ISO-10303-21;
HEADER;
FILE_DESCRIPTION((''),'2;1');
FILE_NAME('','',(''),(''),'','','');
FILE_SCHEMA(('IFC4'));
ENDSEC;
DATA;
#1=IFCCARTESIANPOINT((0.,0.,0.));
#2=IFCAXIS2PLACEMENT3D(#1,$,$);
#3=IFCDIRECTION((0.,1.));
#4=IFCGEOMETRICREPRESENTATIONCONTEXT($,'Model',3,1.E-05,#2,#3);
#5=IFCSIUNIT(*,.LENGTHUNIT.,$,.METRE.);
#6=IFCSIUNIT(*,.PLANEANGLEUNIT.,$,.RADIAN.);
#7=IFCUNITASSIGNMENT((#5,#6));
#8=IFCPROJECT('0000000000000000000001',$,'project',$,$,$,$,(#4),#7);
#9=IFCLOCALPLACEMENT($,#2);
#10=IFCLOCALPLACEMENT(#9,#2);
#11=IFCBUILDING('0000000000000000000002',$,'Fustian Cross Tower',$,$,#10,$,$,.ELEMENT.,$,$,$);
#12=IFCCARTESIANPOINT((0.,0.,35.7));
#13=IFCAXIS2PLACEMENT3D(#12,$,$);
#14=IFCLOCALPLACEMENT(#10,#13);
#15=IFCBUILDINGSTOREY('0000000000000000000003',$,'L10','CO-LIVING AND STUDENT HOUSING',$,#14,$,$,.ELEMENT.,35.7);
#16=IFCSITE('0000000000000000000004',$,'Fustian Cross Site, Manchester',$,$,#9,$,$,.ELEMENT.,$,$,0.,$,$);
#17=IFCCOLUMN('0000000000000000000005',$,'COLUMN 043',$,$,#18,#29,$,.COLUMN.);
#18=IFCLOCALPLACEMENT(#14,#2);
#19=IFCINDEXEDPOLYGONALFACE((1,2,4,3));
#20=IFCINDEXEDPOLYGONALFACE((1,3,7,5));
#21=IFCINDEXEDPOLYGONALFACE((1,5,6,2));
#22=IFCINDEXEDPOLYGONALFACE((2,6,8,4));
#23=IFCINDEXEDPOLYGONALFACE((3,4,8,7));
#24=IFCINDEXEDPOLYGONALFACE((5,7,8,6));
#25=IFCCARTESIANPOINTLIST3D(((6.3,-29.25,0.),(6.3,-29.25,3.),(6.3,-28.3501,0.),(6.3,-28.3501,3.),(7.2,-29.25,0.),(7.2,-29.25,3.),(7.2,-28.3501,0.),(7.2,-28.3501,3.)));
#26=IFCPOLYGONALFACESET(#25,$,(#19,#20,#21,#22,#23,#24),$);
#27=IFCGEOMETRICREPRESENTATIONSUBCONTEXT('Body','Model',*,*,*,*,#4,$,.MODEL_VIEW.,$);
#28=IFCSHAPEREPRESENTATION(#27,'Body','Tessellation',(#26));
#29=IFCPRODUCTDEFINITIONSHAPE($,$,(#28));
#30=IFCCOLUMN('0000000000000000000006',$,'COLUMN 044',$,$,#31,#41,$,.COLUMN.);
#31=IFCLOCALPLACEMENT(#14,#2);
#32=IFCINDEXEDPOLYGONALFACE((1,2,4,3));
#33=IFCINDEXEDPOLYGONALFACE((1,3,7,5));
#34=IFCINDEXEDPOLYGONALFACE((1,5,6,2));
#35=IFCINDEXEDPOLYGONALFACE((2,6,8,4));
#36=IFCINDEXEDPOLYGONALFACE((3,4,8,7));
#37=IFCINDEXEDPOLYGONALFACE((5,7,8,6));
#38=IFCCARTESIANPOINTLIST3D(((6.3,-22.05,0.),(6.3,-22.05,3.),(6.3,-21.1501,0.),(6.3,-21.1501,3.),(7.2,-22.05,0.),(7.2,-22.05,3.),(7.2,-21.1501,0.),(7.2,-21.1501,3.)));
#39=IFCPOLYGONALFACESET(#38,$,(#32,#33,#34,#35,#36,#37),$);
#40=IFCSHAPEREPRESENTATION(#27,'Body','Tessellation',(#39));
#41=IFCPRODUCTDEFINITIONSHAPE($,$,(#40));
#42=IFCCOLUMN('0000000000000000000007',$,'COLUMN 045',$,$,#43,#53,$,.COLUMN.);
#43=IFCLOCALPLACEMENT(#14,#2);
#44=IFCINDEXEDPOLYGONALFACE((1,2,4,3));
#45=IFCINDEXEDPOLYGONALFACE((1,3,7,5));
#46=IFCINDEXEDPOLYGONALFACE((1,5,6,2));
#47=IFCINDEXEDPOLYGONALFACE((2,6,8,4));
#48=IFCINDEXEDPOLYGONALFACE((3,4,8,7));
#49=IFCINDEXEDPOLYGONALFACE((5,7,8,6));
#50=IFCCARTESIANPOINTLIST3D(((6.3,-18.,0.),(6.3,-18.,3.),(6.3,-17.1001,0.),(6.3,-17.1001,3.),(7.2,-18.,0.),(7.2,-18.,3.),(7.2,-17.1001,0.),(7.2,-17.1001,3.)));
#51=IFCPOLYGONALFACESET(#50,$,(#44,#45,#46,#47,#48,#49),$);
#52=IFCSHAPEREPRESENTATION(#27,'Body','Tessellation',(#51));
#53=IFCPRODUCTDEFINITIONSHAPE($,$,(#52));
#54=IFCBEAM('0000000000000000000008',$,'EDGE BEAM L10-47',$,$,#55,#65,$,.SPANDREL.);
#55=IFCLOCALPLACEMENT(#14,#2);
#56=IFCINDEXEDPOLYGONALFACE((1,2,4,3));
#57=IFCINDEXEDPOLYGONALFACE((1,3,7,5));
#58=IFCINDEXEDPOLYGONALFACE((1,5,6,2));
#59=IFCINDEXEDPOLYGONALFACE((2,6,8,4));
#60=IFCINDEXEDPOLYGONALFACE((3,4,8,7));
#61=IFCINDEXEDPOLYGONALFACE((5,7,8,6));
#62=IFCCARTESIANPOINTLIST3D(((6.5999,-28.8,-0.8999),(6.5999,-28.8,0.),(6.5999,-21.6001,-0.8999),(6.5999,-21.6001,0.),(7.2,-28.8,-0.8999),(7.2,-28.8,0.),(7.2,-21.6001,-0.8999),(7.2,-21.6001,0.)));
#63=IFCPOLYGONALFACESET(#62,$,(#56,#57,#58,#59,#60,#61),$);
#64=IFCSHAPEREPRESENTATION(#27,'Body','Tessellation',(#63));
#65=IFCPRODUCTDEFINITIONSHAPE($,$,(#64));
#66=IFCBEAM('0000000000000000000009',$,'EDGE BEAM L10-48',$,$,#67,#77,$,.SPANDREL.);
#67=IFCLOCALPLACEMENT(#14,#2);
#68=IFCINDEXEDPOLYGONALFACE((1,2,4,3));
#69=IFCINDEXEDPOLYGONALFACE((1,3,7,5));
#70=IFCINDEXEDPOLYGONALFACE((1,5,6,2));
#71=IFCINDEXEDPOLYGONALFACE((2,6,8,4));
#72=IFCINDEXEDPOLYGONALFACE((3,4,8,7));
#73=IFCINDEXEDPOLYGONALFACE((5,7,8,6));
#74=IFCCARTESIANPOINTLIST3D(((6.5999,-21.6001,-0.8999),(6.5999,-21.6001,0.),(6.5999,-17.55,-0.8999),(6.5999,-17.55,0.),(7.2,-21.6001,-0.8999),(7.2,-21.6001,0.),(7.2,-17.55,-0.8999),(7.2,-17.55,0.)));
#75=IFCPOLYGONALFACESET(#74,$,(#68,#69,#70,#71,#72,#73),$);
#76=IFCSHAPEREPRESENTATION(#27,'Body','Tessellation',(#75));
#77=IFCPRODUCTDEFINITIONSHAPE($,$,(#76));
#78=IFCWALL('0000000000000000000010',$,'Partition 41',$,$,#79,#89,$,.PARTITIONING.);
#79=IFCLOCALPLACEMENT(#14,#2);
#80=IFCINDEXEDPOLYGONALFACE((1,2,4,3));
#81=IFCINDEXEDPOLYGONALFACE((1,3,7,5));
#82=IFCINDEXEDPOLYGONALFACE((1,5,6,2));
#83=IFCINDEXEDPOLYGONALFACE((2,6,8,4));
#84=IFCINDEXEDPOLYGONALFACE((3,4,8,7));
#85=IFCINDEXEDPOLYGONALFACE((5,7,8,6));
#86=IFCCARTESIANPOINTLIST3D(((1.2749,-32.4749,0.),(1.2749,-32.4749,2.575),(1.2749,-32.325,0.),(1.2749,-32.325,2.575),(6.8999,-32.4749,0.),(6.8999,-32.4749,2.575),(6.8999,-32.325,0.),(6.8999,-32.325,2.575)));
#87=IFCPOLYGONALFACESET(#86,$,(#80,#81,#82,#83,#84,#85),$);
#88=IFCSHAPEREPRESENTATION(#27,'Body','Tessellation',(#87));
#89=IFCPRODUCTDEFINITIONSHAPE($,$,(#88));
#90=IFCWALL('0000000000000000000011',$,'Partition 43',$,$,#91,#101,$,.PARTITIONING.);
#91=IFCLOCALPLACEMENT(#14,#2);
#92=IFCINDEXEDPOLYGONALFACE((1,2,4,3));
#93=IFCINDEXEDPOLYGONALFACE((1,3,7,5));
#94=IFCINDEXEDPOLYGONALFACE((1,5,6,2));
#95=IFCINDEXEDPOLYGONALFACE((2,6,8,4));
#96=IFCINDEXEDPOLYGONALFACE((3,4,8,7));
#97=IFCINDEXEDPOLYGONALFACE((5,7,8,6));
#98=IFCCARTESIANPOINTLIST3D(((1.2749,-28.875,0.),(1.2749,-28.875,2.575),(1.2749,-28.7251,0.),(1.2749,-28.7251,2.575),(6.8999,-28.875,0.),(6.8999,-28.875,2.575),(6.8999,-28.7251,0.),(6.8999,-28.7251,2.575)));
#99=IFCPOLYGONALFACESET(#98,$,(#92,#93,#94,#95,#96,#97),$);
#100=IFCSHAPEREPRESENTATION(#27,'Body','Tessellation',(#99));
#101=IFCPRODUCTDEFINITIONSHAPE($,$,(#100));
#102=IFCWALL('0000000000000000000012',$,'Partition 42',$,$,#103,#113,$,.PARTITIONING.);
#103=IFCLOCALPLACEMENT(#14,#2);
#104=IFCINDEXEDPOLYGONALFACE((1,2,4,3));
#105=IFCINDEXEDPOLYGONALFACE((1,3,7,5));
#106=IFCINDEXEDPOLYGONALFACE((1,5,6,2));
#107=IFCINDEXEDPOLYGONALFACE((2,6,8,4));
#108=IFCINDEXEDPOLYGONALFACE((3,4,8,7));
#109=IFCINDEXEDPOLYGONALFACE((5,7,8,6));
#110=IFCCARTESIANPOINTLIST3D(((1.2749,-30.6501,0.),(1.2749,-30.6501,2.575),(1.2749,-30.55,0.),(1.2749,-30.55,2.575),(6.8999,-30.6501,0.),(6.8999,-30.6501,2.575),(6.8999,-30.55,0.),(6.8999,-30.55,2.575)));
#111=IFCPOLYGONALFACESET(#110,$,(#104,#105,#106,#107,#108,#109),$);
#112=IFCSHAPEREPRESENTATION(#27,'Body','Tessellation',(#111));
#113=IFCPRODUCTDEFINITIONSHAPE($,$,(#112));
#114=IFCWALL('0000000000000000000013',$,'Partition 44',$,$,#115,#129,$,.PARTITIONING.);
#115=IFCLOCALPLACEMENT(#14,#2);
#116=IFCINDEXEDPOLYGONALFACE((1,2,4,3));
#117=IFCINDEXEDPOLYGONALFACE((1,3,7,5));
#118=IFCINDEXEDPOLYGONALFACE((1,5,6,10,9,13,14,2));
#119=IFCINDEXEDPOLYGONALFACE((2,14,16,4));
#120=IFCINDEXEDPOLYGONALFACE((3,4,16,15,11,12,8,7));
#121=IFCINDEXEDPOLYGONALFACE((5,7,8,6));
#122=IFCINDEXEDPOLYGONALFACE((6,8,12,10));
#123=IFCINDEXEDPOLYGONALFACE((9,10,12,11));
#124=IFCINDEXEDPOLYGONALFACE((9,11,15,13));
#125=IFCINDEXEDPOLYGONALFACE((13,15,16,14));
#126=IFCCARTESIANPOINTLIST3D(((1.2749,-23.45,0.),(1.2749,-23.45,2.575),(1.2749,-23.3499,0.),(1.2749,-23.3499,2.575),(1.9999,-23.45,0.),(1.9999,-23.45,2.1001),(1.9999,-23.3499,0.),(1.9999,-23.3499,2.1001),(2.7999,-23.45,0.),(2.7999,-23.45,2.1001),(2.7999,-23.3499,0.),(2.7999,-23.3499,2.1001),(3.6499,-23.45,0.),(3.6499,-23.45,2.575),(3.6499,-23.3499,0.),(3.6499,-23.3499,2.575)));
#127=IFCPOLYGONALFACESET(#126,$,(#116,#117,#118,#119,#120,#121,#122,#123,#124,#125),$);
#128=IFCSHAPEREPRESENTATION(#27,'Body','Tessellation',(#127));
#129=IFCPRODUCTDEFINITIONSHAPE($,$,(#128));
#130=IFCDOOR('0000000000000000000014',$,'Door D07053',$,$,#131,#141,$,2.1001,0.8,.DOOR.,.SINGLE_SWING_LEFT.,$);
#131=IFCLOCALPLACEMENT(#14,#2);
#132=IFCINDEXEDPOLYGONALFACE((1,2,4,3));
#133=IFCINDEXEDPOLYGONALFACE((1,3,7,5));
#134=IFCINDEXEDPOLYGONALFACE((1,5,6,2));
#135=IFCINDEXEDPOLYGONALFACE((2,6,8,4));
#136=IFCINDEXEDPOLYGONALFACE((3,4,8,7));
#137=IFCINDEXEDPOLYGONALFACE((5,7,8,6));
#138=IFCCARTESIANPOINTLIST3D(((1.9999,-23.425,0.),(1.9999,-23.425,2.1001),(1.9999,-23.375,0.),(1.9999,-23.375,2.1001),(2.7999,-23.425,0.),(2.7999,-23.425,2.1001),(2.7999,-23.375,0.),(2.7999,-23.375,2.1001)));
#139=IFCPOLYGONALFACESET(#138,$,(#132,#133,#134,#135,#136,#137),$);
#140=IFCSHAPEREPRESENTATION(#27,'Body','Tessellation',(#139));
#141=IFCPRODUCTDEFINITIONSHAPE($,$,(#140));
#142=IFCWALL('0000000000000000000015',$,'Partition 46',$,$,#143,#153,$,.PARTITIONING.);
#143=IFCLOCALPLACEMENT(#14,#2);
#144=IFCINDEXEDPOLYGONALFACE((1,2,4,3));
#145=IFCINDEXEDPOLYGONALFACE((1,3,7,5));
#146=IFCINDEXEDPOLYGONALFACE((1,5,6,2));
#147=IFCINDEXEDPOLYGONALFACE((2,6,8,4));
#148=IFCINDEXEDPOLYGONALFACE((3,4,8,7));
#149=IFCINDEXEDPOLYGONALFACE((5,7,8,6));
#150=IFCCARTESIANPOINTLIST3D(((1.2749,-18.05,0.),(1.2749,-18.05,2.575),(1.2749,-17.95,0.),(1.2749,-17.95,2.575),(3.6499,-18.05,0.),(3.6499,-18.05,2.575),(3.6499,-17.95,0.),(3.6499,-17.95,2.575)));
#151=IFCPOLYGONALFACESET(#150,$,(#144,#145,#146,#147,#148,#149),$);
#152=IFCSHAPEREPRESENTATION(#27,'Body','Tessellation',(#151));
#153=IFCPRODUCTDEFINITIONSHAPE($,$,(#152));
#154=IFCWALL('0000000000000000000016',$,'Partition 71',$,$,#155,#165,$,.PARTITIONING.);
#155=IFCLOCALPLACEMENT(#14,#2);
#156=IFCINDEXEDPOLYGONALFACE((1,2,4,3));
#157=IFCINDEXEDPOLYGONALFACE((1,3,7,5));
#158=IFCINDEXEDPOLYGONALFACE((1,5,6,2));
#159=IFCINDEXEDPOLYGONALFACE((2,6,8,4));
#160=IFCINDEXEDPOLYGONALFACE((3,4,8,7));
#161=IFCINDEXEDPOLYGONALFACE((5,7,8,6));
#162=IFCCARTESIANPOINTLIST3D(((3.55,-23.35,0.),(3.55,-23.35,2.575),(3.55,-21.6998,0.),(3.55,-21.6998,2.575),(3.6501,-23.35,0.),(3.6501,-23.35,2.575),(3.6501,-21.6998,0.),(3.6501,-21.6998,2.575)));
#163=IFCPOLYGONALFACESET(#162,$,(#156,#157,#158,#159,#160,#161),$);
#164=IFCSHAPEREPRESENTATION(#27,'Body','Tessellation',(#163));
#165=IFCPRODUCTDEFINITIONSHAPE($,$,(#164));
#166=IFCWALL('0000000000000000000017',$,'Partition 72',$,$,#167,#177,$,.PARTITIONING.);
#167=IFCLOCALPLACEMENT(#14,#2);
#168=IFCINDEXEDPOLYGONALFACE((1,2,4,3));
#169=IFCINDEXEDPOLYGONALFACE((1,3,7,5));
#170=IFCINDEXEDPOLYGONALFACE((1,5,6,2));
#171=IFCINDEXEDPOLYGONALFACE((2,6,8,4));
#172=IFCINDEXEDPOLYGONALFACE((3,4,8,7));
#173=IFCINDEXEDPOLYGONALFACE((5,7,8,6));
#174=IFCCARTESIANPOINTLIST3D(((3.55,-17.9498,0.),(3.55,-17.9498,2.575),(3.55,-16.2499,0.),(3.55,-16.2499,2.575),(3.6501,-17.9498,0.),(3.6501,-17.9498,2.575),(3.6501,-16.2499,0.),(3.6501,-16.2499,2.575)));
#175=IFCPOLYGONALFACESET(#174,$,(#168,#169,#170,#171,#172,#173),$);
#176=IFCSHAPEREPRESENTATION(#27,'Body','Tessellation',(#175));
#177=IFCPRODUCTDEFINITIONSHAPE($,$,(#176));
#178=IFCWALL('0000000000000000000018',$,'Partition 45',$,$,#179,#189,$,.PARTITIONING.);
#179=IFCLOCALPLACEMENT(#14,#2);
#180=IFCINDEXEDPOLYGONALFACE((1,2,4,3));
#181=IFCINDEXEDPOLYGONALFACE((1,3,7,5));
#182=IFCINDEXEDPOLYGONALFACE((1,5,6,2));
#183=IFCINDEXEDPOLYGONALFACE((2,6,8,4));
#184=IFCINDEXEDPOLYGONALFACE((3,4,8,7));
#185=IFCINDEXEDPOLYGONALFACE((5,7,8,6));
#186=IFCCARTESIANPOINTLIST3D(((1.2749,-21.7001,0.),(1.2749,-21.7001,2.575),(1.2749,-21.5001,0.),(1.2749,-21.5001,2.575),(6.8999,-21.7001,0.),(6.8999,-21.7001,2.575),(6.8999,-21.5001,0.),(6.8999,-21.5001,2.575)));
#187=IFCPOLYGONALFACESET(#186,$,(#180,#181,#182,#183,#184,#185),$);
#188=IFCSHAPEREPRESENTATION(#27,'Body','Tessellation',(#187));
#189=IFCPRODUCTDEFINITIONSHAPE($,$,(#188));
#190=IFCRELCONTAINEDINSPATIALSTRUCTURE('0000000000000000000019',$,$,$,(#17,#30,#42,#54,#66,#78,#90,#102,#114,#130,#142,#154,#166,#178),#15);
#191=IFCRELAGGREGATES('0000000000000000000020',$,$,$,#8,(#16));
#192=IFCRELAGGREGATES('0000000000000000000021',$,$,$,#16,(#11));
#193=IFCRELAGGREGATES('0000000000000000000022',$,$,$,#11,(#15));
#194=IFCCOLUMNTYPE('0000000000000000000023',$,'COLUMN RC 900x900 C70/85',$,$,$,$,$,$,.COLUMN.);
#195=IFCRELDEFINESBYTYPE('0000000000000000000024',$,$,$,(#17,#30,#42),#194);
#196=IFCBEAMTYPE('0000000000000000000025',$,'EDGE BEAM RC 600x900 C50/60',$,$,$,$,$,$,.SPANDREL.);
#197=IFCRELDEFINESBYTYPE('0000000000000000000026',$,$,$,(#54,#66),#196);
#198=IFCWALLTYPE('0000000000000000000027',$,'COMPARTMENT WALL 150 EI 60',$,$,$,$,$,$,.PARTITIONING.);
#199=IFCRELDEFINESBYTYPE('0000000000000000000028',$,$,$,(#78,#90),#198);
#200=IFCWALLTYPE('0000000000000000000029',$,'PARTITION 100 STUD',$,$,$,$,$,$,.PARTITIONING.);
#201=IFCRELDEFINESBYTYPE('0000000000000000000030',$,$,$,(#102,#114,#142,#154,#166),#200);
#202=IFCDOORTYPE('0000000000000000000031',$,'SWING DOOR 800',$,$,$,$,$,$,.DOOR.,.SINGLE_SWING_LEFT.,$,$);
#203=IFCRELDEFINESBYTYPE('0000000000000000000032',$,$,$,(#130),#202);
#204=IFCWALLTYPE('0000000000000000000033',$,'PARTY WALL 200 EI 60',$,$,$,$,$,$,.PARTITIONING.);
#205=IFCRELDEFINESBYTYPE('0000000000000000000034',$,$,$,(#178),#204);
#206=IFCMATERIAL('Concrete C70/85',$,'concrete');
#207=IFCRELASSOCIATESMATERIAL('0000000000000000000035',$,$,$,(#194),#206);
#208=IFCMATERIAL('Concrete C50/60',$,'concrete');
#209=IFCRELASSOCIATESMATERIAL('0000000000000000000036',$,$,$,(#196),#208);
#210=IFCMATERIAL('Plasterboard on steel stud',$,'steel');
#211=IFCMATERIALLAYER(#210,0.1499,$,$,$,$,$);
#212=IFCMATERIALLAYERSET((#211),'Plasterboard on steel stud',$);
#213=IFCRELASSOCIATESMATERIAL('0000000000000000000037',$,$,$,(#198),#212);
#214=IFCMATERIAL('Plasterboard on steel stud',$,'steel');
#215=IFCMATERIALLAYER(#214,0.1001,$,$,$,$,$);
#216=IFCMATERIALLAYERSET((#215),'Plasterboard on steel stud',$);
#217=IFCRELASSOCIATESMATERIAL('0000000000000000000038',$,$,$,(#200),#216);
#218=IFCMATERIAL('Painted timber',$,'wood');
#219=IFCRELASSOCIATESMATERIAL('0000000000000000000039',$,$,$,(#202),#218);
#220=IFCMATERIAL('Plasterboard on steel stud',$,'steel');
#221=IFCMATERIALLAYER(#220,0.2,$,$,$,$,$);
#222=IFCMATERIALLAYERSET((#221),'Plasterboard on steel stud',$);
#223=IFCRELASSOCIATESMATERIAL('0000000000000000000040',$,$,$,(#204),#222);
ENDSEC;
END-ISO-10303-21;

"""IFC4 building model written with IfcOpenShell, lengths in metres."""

from ifc_helpers import new_model, si_unit, direction, frame, frame_2d, origin, origin_2d, place, context, subcontext, project, spatial, rectangle, extrude, material, layer, layer_set, material_profile, profile_set, type_object, element, fill, save


model = new_model("IFC4")

# Units and contexts
model_context = context("Model", 3, precision=1e-05, world=origin(), true_north=direction((0.0, 1.0)))
body_context = subcontext(model_context, "Body", "Model", "MODEL_VIEW")
ifc_project = project(units=[si_unit("LENGTHUNIT", "METRE"), si_unit("PLANEANGLEUNIT", "RADIAN")], contexts=[model_context])

# Site, building, storey
site_placement = place(None, origin())
site = spatial("IfcSite", under=ifc_project, at=site_placement, Name="Fustian Cross Site, Manchester", CompositionType="ELEMENT", RefElevation=0.0)
building_placement = place(site_placement, origin())
building = spatial("IfcBuilding", under=site, at=building_placement, Name="Fustian Cross Tower", CompositionType="ELEMENT")
storey_placement = place(building_placement, frame((0.0, 0.0, 35.7)))
storey = spatial("IfcBuildingStorey", under=building, at=storey_placement, Name="L10", Description="CO-LIVING AND STUDENT HOUSING", CompositionType="ELEMENT", Elevation=35.7)

# Columns
ifc_material_1 = material(Name="Concrete C70/85", Category="concrete")
ifc_material_profile_1 = material_profile(ifc_material_1, rectangle(XDim=0.8999, YDim=0.8999, at=origin_2d()), Name="RC 900x900")
ifc_profile_set_1 = profile_set([ifc_material_profile_1], Name="Concrete C70/85")
column_type = type_object("IfcColumnType", Name="COLUMN RC 900x900 C70/85", PredefinedType="COLUMN", material=ifc_profile_set_1)
for number, where, z_axis, x_axis, name in (
    (1, (6.75, -28.8, 0.0), (0.0, 0.0, 1.0), (1.0, 0.0, 0.0), "COLUMN 043"),
    (2, (6.75, -21.6001, 0.0), (0.0, 0.0, 1.0), (1.0, 0.0, 0.0), "COLUMN 044"),
    (3, (6.75, -17.55, 0.0), (0.0, 0.0, 1.0), (1.0, 0.0, 0.0), "COLUMN 045"),
):
    element("IfcColumn", number, at=place(storey_placement, frame(where, z_axis=z_axis, x_axis=x_axis)), inside=storey, type_object=column_type, Name=name, PredefinedType="COLUMN", context=body_context, shape_type="SweptSolid", body=[
        extrude(rectangle(XDim=0.8999, YDim=0.8999, at=origin_2d()), origin(), (0.0, 0.0, 1.0), 3.0),
    ])

# Beams
ifc_material_2 = material(Name="Concrete C50/60", Category="concrete")
ifc_material_profile_2 = material_profile(ifc_material_2, rectangle(XDim=0.6001, YDim=0.8999, at=origin_2d()), Name="RC 600x900")
ifc_profile_set_2 = profile_set([ifc_material_profile_2], Name="Concrete C50/60")
beam_type = type_object("IfcBeamType", Name="EDGE BEAM RC 600x900 C50/60", PredefinedType="SPANDREL", material=ifc_profile_set_2)
beam_1_placement = place(storey_placement, frame((6.8999, -28.8, -0.45), z_axis=(0.0, 1.0, 0.0), x_axis=(-1.0, 0.0, 0.0)))
element("IfcBeam", 4, at=beam_1_placement, inside=storey, type_object=beam_type, Name="EDGE BEAM L10-47", PredefinedType="SPANDREL", context=body_context, shape_type="SweptSolid", body=[
    extrude(rectangle(XDim=0.6001, YDim=0.8999, at=origin_2d()), origin(), (0.0, 0.0, 1.0), 7.2),
])
beam_2_placement = place(storey_placement, frame((6.8999, -21.6001, -0.45), z_axis=(0.0, 1.0, 0.0), x_axis=(-1.0, 0.0, 0.0)))
element("IfcBeam", 5, at=beam_2_placement, inside=storey, type_object=beam_type, Name="EDGE BEAM L10-48", PredefinedType="SPANDREL", context=body_context, shape_type="SweptSolid", body=[
    extrude(rectangle(XDim=0.6001, YDim=0.8999, at=origin_2d()), origin(), (0.0, 0.0, 1.0), 4.05),
])

# Walls
ifc_material_3 = material(Name="Plasterboard on steel stud", Category="steel")
ifc_layer_1 = layer(ifc_material_3, 0.1499)
ifc_layer_set_1 = layer_set([ifc_layer_1], Name="Plasterboard on steel stud")
wall_type_1 = type_object("IfcWallType", Name="COMPARTMENT WALL 150 EI 60", PredefinedType="PARTITIONING", material=ifc_layer_set_1)
for number, where, z_axis, x_axis, name in (
    (6, (1.2749, -32.3999, 0.0), (0.0, 0.0, 1.0), (1.0, 0.0, 0.0), "Partition 41"),
    (7, (1.2749, -28.8, 0.0), (0.0, 0.0, 1.0), (1.0, 0.0, 0.0), "Partition 43"),
):
    element("IfcWall", number, at=place(storey_placement, frame(where, z_axis=z_axis, x_axis=x_axis)), inside=storey, type_object=wall_type_1, Name=name, PredefinedType="PARTITIONING", context=body_context, shape_type="SweptSolid", body=[
        extrude(rectangle(XDim=5.625, YDim=0.1499, at=frame_2d((2.8125, 0.0))), origin(), (0.0, 0.0, 1.0), 2.575),
    ])
ifc_material_4 = material(Name="Plasterboard on steel stud", Category="steel")
ifc_layer_2 = layer(ifc_material_4, 0.1001)
ifc_layer_set_2 = layer_set([ifc_layer_2], Name="Plasterboard on steel stud")
wall_type_2 = type_object("IfcWallType", Name="PARTITION 100 STUD", PredefinedType="PARTITIONING", material=ifc_layer_set_2)
wall_1_placement = place(storey_placement, frame((1.2749, -30.6001, 0.0), z_axis=(0.0, 0.0, 1.0), x_axis=(1.0, 0.0, 0.0)))
element("IfcWall", 8, at=wall_1_placement, inside=storey, type_object=wall_type_2, Name="Partition 42", PredefinedType="PARTITIONING", context=body_context, shape_type="SweptSolid", body=[
    extrude(rectangle(XDim=5.625, YDim=0.1001, at=frame_2d((2.8125, 0.0))), origin(), (0.0, 0.0, 1.0), 2.575),
])

# Wall, opening, door
wall_2_placement = place(storey_placement, frame((1.2749, -23.3999, 0.0), z_axis=(0.0, 0.0, 1.0), x_axis=(1.0, 0.0, 0.0)))
wall_2 = element("IfcWall", 9, at=wall_2_placement, inside=storey, type_object=wall_type_2, Name="Partition 44", PredefinedType="PARTITIONING", context=body_context, shape_type="SweptSolid", body=[
    extrude(rectangle(XDim=2.375, YDim=0.1001, at=frame_2d((1.1875, 0.0))), origin(), (0.0, 0.0, 1.0), 2.575),
])
opening_placement = place(wall_2_placement, frame((0.7251, 0.0, 0.0)))
opening = element("IfcOpeningElement", 10, at=opening_placement, cuts=wall_2, PredefinedType="OPENING", context=body_context, shape_type="SweptSolid", body=[
    extrude(rectangle(XDim=0.8, YDim=2.1001, at=frame_2d((0.3999, 1.05))), frame((0.0, 0.0601, 0.0), z_axis=(0.0, -1.0, 0.0), x_axis=(1.0, 0.0, 0.0)), (0.0, 0.0, 1.0), 0.1201),
])
ifc_material_5 = material(Name="Painted timber", Category="wood")
door_type = type_object("IfcDoorType", Name="SWING DOOR 800", OperationType="SINGLE_SWING_LEFT", PredefinedType="DOOR", material=ifc_material_5)
door_placement = place(opening_placement, origin())
door = element("IfcDoor", 11, at=door_placement, inside=storey, type_object=door_type, Name="Door D07053", OperationType="SINGLE_SWING_LEFT", OverallHeight=2.1001, OverallWidth=0.8, PredefinedType="DOOR", context=body_context, shape_type="SweptSolid", body=[
    extrude(rectangle(XDim=0.8, YDim=2.1001, at=frame_2d((0.3999, 1.05))), frame((0.0, 0.0249, 0.0), z_axis=(0.0, -1.0, 0.0), x_axis=(1.0, 0.0, 0.0)), (0.0, 0.0, 1.0), 0.05),
])
fill(opening, door)

# Walls
wall_3_placement = place(storey_placement, frame((1.2749, -18.0, 0.0), z_axis=(0.0, 0.0, 1.0), x_axis=(1.0, 0.0, 0.0)))
element("IfcWall", 12, at=wall_3_placement, inside=storey, type_object=wall_type_2, Name="Partition 46", PredefinedType="PARTITIONING", context=body_context, shape_type="SweptSolid", body=[
    extrude(rectangle(XDim=2.375, YDim=0.1001, at=frame_2d((1.1875, 0.0))), origin(), (0.0, 0.0, 1.0), 2.575),
])
wall_4_placement = place(storey_placement, frame((3.6001, -23.3501, 0.0), z_axis=(0.0, 0.0, 1.0), x_axis=(0.0, 1.0, 0.0)))
element("IfcWall", 13, at=wall_4_placement, inside=storey, type_object=wall_type_2, Name="Partition 71", PredefinedType="PARTITIONING", context=body_context, shape_type="SweptSolid", body=[
    extrude(rectangle(XDim=1.6501, YDim=0.1001, at=frame_2d((0.8252, 0.0))), origin(), (0.0, 0.0, 1.0), 2.575),
])
wall_5_placement = place(storey_placement, frame((3.6001, -17.95, 0.0), z_axis=(0.0, 0.0, 1.0), x_axis=(0.0, 1.0, 0.0)))
element("IfcWall", 14, at=wall_5_placement, inside=storey, type_object=wall_type_2, Name="Partition 72", PredefinedType="PARTITIONING", context=body_context, shape_type="SweptSolid", body=[
    extrude(rectangle(XDim=1.7, YDim=0.1001, at=frame_2d((0.8501, 0.0))), origin(), (0.0, 0.0, 1.0), 2.575),
])
ifc_material_6 = material(Name="Plasterboard on steel stud", Category="steel")
ifc_layer_3 = layer(ifc_material_6, 0.2)
ifc_layer_set_3 = layer_set([ifc_layer_3], Name="Plasterboard on steel stud")
wall_type_3 = type_object("IfcWallType", Name="PARTY WALL 200 EI 60", PredefinedType="PARTITIONING", material=ifc_layer_set_3)
wall_6_placement = place(storey_placement, frame((1.2749, -21.6001, 0.0), z_axis=(0.0, 0.0, 1.0), x_axis=(1.0, 0.0, 0.0)))
element("IfcWall", 15, at=wall_6_placement, inside=storey, type_object=wall_type_3, Name="Partition 45", PredefinedType="PARTITIONING", context=body_context, shape_type="SweptSolid", body=[
    extrude(rectangle(XDim=5.625, YDim=0.2, at=frame_2d((2.8125, 0.0))), origin(), (0.0, 0.0, 1.0), 2.575),
])

save(model, "model.ifc")
